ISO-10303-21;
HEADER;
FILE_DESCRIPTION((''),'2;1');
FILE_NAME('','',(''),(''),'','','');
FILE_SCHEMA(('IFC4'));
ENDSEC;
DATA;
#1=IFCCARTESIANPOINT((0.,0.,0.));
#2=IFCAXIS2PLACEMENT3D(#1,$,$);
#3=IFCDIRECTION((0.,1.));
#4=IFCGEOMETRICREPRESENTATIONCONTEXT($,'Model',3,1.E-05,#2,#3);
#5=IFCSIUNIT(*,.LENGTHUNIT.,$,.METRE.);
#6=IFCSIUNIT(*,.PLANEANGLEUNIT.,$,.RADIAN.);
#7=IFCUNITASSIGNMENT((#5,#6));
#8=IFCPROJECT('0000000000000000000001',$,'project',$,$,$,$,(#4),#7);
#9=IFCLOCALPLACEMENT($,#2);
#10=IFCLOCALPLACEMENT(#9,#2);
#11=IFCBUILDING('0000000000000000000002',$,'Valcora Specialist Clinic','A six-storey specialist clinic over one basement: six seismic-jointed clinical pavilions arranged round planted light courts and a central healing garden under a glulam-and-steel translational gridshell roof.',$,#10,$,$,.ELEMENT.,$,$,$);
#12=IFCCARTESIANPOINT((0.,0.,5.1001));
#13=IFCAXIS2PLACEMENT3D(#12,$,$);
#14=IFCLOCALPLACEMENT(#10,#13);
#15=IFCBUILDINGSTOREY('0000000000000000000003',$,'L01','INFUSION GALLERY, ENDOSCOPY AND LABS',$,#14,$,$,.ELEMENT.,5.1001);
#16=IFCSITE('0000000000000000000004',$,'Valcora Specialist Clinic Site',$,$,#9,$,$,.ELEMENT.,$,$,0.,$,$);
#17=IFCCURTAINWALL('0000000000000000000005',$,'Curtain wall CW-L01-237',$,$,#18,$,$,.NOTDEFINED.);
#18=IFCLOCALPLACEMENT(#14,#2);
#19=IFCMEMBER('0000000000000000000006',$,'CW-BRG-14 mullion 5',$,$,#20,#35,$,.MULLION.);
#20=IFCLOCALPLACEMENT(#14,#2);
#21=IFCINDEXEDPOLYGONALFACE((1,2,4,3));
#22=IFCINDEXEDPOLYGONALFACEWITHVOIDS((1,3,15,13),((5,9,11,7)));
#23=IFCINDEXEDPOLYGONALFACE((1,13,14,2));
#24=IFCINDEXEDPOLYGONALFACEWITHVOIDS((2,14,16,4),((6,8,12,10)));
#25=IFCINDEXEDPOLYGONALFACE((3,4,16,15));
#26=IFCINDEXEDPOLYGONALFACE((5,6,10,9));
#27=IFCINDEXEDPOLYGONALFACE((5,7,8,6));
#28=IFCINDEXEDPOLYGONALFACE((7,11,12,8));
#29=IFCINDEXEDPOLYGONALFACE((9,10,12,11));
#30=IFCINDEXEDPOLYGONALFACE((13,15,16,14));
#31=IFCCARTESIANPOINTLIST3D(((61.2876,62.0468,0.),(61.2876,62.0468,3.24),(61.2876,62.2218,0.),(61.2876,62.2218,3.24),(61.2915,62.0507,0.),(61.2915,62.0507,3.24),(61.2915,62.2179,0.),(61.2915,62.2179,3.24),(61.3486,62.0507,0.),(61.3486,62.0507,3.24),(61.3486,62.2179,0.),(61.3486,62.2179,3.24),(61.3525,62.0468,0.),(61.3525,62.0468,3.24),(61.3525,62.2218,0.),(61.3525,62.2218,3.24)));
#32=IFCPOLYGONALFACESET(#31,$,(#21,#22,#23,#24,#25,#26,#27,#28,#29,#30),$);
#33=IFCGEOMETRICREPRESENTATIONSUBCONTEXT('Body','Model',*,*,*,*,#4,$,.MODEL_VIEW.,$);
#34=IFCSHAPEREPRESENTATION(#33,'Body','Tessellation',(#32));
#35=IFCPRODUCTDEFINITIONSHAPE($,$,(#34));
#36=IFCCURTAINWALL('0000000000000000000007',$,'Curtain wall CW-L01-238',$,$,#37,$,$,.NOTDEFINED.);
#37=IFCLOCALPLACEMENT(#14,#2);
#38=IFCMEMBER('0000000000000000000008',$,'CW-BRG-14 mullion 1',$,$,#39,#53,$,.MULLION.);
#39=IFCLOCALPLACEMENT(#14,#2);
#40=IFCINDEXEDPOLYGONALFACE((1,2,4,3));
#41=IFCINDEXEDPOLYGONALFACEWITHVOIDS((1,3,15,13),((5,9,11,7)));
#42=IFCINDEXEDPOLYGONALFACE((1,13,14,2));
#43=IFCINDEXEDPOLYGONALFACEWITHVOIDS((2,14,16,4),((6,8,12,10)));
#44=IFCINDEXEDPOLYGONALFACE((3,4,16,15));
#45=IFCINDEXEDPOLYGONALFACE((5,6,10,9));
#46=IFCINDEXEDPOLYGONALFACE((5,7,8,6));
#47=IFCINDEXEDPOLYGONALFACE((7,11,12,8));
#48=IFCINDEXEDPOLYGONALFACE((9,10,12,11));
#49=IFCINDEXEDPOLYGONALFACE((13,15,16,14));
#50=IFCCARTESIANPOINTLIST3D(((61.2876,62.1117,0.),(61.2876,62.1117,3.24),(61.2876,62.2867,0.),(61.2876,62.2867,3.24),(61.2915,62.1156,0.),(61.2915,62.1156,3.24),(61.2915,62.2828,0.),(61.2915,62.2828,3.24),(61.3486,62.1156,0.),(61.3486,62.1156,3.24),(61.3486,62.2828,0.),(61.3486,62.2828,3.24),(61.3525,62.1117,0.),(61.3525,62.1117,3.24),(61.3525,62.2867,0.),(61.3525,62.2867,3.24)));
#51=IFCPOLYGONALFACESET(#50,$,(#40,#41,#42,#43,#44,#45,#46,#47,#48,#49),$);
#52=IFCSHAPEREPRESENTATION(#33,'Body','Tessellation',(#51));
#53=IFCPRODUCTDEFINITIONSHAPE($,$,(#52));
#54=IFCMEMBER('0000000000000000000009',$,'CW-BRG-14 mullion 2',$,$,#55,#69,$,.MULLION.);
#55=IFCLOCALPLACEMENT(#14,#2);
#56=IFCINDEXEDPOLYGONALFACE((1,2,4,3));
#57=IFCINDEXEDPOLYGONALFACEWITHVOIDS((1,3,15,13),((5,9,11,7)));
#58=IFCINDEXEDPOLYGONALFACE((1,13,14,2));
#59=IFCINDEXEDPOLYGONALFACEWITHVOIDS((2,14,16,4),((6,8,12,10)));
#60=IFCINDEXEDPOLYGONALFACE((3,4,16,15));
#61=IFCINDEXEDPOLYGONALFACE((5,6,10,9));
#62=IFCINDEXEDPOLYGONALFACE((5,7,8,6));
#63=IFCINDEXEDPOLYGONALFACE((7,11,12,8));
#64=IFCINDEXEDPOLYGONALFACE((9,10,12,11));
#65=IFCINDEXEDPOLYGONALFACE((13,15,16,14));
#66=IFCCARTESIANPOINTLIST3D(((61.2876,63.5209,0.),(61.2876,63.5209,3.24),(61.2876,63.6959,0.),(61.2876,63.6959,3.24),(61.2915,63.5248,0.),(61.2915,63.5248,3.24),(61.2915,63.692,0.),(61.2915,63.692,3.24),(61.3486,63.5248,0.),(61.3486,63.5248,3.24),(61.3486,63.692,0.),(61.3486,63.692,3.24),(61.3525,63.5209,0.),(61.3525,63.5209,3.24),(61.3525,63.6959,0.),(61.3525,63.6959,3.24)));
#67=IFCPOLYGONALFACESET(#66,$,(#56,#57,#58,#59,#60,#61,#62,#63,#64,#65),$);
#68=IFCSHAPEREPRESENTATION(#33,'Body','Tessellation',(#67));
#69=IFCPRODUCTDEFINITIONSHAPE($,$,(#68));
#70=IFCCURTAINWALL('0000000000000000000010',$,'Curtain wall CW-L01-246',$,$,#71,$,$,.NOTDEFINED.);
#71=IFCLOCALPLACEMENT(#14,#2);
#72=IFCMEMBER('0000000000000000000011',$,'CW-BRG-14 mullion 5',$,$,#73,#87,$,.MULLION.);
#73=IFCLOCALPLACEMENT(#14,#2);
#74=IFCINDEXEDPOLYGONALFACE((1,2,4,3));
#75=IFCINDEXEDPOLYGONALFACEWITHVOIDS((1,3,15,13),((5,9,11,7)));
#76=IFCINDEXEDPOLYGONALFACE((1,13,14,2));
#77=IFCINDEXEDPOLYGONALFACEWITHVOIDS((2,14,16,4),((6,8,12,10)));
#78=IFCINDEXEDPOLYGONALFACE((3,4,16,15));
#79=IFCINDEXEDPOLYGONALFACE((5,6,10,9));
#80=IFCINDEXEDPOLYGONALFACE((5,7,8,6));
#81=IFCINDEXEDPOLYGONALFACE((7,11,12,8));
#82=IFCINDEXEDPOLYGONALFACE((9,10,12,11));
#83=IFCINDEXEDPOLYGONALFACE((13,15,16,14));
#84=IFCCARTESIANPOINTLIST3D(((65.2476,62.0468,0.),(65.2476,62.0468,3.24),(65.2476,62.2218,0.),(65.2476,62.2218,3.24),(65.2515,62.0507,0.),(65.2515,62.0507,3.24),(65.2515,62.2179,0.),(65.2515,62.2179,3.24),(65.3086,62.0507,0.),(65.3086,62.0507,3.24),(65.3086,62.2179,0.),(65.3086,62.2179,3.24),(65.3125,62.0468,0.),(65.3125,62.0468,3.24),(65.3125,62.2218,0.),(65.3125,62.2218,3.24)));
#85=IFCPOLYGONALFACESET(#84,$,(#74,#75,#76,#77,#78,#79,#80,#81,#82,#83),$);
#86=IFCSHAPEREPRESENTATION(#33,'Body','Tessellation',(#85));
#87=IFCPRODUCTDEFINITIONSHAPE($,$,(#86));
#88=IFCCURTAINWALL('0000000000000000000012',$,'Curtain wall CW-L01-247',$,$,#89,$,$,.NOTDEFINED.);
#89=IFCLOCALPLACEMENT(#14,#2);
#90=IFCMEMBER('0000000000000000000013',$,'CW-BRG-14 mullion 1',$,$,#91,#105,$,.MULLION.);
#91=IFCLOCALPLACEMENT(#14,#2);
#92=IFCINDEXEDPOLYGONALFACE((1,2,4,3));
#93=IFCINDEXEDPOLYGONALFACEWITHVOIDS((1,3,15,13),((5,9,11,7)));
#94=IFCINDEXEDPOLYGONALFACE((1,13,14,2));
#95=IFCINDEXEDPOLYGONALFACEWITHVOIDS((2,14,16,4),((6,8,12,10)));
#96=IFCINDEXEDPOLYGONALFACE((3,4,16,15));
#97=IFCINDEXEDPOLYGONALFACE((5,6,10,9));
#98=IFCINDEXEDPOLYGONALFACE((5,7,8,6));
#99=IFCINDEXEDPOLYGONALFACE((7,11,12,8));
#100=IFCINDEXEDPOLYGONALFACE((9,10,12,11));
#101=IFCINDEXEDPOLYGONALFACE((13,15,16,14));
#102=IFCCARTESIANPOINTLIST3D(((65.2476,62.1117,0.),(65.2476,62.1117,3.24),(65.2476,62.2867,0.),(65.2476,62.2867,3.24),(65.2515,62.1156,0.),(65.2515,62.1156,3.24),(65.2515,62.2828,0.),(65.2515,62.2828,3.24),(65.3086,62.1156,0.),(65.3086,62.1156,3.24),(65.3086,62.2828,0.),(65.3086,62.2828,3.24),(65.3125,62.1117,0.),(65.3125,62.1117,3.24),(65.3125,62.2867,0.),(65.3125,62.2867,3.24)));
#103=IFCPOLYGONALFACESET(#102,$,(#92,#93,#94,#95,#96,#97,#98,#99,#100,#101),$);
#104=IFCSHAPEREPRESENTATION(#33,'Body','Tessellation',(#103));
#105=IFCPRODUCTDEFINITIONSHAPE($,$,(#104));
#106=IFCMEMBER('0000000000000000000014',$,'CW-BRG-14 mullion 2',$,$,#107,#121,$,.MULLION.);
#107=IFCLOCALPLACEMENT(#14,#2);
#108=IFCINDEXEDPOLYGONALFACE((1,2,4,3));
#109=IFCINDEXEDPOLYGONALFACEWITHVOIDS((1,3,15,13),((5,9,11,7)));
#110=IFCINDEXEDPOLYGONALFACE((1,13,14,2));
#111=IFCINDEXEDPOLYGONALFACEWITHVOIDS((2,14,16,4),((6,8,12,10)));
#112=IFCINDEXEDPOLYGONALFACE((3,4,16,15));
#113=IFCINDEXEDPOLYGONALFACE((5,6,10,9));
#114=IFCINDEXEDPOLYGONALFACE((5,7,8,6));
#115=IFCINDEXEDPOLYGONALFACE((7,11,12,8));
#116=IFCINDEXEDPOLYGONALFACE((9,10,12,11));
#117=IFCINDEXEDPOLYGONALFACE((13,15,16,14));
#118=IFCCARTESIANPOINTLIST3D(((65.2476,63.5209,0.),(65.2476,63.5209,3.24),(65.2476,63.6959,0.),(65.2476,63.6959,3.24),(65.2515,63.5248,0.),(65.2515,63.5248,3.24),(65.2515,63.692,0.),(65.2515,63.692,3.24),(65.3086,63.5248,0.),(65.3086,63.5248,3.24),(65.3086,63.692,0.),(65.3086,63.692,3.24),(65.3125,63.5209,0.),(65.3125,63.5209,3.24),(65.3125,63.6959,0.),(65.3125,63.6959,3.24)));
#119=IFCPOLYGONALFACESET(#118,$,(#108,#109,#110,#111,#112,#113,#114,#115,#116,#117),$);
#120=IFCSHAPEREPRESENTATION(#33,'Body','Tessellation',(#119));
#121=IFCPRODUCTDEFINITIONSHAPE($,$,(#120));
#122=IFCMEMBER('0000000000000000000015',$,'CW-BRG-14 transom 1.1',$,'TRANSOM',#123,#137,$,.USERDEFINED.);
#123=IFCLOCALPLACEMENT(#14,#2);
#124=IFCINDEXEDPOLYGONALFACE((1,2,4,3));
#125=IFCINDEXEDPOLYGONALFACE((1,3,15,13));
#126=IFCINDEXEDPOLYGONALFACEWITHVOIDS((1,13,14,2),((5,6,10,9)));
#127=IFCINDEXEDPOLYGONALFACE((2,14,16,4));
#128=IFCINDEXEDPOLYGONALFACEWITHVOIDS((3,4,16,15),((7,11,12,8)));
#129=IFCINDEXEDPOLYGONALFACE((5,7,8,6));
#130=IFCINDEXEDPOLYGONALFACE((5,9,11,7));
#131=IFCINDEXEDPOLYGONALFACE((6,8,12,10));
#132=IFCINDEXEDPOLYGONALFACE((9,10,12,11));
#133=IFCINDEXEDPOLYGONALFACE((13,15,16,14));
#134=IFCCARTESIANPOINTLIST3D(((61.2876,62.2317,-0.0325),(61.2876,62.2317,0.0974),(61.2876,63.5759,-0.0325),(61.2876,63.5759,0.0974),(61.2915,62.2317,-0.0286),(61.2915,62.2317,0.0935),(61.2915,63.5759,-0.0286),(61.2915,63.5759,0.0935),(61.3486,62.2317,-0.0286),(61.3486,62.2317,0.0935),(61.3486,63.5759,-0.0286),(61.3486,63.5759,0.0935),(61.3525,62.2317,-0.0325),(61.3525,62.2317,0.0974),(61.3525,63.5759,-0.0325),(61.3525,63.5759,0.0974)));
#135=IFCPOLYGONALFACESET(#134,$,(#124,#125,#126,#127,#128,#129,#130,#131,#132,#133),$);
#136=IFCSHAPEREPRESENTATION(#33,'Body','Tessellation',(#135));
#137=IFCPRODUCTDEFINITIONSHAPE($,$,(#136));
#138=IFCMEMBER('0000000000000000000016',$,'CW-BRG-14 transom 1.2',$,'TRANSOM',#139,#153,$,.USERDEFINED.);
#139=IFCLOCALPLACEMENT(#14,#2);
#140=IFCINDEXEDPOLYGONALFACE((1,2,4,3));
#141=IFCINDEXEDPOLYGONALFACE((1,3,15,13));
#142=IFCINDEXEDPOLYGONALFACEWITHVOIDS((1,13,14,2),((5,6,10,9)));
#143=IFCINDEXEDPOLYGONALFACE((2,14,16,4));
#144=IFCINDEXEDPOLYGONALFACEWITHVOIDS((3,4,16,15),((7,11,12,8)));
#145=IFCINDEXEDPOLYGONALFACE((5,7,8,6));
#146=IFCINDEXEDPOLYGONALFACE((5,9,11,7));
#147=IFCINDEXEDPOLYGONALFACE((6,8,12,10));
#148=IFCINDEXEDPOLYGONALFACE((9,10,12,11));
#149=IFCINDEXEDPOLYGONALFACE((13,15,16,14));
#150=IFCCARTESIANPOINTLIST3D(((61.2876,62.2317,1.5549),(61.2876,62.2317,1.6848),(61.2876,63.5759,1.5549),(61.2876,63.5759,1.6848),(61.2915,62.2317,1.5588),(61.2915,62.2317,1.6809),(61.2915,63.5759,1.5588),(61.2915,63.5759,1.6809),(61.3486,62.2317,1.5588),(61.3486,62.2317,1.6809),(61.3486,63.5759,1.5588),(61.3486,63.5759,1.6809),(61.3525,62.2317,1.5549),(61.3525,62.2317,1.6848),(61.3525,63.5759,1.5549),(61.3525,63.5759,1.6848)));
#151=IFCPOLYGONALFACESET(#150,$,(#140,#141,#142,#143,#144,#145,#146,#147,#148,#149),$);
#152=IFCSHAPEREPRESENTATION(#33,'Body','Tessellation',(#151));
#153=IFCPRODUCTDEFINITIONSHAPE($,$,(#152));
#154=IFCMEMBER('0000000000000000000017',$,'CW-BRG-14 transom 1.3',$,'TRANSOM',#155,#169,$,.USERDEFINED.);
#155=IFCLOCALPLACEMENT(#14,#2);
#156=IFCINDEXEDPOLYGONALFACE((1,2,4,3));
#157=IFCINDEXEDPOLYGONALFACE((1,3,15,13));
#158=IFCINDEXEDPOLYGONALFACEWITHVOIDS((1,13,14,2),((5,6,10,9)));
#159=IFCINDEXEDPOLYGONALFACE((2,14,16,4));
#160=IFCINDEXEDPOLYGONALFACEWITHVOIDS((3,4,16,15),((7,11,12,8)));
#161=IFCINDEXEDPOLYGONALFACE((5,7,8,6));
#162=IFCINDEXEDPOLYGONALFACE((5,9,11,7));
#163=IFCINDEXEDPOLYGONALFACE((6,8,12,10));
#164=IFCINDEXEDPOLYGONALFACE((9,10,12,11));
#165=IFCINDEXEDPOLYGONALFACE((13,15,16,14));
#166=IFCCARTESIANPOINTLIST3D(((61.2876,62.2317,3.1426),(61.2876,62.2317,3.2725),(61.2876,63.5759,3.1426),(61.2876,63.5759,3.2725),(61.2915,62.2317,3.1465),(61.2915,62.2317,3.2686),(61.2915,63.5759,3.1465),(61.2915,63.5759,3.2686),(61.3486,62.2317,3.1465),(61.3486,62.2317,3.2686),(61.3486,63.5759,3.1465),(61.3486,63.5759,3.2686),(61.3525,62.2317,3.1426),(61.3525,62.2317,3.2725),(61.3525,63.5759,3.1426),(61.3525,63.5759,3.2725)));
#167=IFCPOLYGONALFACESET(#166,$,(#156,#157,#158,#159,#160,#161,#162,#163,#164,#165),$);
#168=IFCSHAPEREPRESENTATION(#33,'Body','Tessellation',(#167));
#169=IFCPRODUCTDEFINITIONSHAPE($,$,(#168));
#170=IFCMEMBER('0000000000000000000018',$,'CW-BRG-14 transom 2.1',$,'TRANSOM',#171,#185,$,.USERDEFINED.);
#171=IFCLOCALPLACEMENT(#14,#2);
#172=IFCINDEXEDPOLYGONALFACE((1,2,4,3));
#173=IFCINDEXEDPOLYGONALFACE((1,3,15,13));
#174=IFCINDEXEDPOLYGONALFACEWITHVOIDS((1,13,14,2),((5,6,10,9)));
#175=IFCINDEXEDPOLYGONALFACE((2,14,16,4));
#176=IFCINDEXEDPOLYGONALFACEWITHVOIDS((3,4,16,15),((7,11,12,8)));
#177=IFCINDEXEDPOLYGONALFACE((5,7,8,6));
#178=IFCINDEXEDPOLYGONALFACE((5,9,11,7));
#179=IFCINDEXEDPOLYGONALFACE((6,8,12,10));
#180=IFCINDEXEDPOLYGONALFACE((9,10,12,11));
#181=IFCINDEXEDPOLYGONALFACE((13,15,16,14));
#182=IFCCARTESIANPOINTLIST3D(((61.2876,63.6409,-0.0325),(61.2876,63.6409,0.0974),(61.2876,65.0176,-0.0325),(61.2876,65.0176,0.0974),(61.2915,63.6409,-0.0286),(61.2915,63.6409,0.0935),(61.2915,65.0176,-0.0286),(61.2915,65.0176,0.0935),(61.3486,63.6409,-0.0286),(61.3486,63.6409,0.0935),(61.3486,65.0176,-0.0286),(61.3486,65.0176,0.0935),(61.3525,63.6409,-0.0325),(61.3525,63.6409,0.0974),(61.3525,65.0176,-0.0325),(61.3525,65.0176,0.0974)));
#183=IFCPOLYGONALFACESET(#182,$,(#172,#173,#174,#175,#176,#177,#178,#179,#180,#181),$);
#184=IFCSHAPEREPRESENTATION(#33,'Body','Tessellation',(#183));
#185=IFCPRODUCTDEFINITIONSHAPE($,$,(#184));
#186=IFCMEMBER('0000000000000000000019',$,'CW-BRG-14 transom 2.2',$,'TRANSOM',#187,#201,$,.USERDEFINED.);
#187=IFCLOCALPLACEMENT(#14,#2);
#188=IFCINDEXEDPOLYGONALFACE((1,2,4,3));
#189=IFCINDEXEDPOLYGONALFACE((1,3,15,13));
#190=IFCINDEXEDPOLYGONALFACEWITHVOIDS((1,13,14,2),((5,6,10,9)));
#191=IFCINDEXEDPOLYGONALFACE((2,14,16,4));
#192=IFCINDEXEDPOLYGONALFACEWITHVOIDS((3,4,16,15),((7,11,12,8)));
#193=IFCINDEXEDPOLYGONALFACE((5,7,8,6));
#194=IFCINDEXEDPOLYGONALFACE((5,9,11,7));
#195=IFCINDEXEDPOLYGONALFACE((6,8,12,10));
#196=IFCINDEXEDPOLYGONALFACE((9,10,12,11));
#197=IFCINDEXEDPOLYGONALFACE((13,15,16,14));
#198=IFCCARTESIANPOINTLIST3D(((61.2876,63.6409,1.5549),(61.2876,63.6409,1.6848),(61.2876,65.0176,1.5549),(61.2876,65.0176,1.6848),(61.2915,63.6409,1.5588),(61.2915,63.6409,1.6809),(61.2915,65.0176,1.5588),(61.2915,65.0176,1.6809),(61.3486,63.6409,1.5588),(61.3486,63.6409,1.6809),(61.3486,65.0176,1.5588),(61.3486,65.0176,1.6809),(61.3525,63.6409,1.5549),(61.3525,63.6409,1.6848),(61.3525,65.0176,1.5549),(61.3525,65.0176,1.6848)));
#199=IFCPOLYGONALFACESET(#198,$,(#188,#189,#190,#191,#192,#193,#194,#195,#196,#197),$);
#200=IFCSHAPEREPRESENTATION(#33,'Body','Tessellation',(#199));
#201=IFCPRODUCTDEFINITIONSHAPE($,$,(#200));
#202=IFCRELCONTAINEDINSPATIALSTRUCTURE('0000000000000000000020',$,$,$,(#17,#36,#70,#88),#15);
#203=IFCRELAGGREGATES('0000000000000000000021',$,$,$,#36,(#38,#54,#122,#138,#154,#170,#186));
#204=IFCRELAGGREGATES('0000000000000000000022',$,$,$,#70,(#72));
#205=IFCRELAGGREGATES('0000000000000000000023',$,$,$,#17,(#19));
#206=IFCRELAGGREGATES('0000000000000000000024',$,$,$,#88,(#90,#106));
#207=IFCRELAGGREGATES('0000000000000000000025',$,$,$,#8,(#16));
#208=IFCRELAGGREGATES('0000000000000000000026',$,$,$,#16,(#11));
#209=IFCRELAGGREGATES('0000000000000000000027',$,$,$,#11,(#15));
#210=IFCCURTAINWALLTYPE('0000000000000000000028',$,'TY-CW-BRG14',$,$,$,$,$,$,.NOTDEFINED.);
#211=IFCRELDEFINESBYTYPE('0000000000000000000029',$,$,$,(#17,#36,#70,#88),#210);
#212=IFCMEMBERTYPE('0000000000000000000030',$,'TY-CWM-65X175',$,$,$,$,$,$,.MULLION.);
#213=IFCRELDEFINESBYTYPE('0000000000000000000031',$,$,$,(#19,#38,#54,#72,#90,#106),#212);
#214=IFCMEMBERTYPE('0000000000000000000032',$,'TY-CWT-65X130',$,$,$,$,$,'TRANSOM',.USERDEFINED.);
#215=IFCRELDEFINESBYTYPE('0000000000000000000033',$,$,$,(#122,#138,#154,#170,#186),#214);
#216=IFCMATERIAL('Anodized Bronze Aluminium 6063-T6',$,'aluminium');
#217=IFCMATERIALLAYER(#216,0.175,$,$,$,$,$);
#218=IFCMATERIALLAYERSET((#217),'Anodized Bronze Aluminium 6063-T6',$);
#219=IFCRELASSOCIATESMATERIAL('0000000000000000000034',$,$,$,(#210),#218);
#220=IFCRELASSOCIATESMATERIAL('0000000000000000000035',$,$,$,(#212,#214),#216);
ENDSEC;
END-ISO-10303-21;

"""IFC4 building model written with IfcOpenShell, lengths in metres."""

from ifc_helpers import new_model, si_unit, direction, frame, origin, origin_2d, place, context, subcontext, project, spatial, hollow_rectangle, extrude, material, layer, layer_set, material_profile, profile_set, type_object, element, aggregate, save


model = new_model("IFC4")

# Units and contexts
model_context = context("Model", 3, precision=1e-05, world=origin(), true_north=direction((0.0, 1.0)))
body_context = subcontext(model_context, "Body", "Model", "MODEL_VIEW")
ifc_project = project(units=[si_unit("LENGTHUNIT", "METRE"), si_unit("PLANEANGLEUNIT", "RADIAN")], contexts=[model_context])

# Site, building, storey
site_placement = place(None, origin())
site = spatial("IfcSite", under=ifc_project, at=site_placement, Name="Valcora Specialist Clinic Site", CompositionType="ELEMENT", RefElevation=0.0)
building_placement = place(site_placement, origin())
building = spatial("IfcBuilding", under=site, at=building_placement, Name="Valcora Specialist Clinic", Description="A six-storey specialist clinic over one basement: six seismic-jointed clinical pavilions arranged round planted light courts and a central healing garden under a glulam-and-steel translational gridshell roof.", CompositionType="ELEMENT")
storey_placement = place(building_placement, frame((0.0, 0.0, 5.1001)))
storey = spatial("IfcBuildingStorey", under=building, at=storey_placement, Name="L01", Description="INFUSION GALLERY, ENDOSCOPY AND LABS", CompositionType="ELEMENT", Elevation=5.1001)

# Curtain wall, member
ifc_material_1 = material(Name="Anodized Bronze Aluminium 6063-T6", Category="aluminium")
ifc_layer_1 = layer(ifc_material_1, 0.175)
ifc_layer_set_1 = layer_set([ifc_layer_1], Name="Anodized Bronze Aluminium 6063-T6")
curtain_wall_type = type_object("IfcCurtainWallType", Name="TY-CW-BRG14", PredefinedType="NOTDEFINED", material=ifc_layer_set_1)
curtain_wall_1_placement = place(storey_placement, origin())
curtain_wall_1 = element("IfcCurtainWall", 1, at=curtain_wall_1_placement, inside=storey, type_object=curtain_wall_type, Name="Curtain wall CW-L01-237", PredefinedType="NOTDEFINED")
ifc_material_profile_1 = material_profile(ifc_material_1, hollow_rectangle(XDim=0.0649, YDim=0.175, WallThickness=0.0039, at=origin_2d()), Name="AL-MUL-65X175")
ifc_profile_set_1 = profile_set([ifc_material_profile_1], Name="Anodized Bronze Aluminium 6063-T6")
member_type_1 = type_object("IfcMemberType", Name="TY-CWM-65X175", PredefinedType="MULLION", material=ifc_profile_set_1)
member_1_placement = place(storey_placement, frame((61.3201, 62.1343, 0.0), z_axis=(0.0, 0.0, 1.0), x_axis=(-1.0, 0.0, 0.0)))
member_1 = element("IfcMember", 2, at=member_1_placement, type_object=member_type_1, Name="CW-BRG-14 mullion 5", PredefinedType="MULLION", context=body_context, shape_type="SweptSolid", body=[
    extrude(hollow_rectangle(XDim=0.0649, YDim=0.175, WallThickness=0.0039, at=origin_2d()), origin(), (0.0, 0.0, 1.0), 3.24),
])

# Curtain wall, members
curtain_wall_2_placement = place(storey_placement, origin())
curtain_wall_2 = element("IfcCurtainWall", 3, at=curtain_wall_2_placement, inside=storey, type_object=curtain_wall_type, Name="Curtain wall CW-L01-238", PredefinedType="NOTDEFINED")
member_2_placement = place(storey_placement, frame((61.3201, 62.1992, 0.0), z_axis=(0.0, 0.0, 1.0), x_axis=(-1.0, 0.0, 0.0)))
member_2 = element("IfcMember", 4, at=member_2_placement, type_object=member_type_1, Name="CW-BRG-14 mullion 1", PredefinedType="MULLION", context=body_context, shape_type="SweptSolid", body=[
    extrude(hollow_rectangle(XDim=0.0649, YDim=0.175, WallThickness=0.0039, at=origin_2d()), origin(), (0.0, 0.0, 1.0), 3.24),
])
member_3_placement = place(storey_placement, frame((61.3201, 63.6084, 0.0), z_axis=(0.0, 0.0, 1.0), x_axis=(-1.0, 0.0, 0.0)))
member_3 = element("IfcMember", 5, at=member_3_placement, type_object=member_type_1, Name="CW-BRG-14 mullion 2", PredefinedType="MULLION", context=body_context, shape_type="SweptSolid", body=[
    extrude(hollow_rectangle(XDim=0.0649, YDim=0.175, WallThickness=0.0039, at=origin_2d()), origin(), (0.0, 0.0, 1.0), 3.24),
])

# Curtain wall, member
curtain_wall_3_placement = place(storey_placement, origin())
curtain_wall_3 = element("IfcCurtainWall", 6, at=curtain_wall_3_placement, inside=storey, type_object=curtain_wall_type, Name="Curtain wall CW-L01-246", PredefinedType="NOTDEFINED")
member_4_placement = place(storey_placement, frame((65.28, 62.1343, 0.0), z_axis=(0.0, 0.0, 1.0), x_axis=(-1.0, 0.0, 0.0)))
member_4 = element("IfcMember", 7, at=member_4_placement, type_object=member_type_1, Name="CW-BRG-14 mullion 5", PredefinedType="MULLION", context=body_context, shape_type="SweptSolid", body=[
    extrude(hollow_rectangle(XDim=0.0649, YDim=0.175, WallThickness=0.0039, at=origin_2d()), origin(), (0.0, 0.0, 1.0), 3.24),
])

# Curtain wall, members
curtain_wall_4_placement = place(storey_placement, origin())
curtain_wall_4 = element("IfcCurtainWall", 8, at=curtain_wall_4_placement, inside=storey, type_object=curtain_wall_type, Name="Curtain wall CW-L01-247", PredefinedType="NOTDEFINED")
member_5_placement = place(storey_placement, frame((65.28, 62.1992, 0.0), z_axis=(0.0, 0.0, 1.0), x_axis=(-1.0, 0.0, 0.0)))
member_5 = element("IfcMember", 9, at=member_5_placement, type_object=member_type_1, Name="CW-BRG-14 mullion 1", PredefinedType="MULLION", context=body_context, shape_type="SweptSolid", body=[
    extrude(hollow_rectangle(XDim=0.0649, YDim=0.175, WallThickness=0.0039, at=origin_2d()), origin(), (0.0, 0.0, 1.0), 3.24),
])
member_6_placement = place(storey_placement, frame((65.28, 63.6084, 0.0), z_axis=(0.0, 0.0, 1.0), x_axis=(-1.0, 0.0, 0.0)))
member_6 = element("IfcMember", 10, at=member_6_placement, type_object=member_type_1, Name="CW-BRG-14 mullion 2", PredefinedType="MULLION", context=body_context, shape_type="SweptSolid", body=[
    extrude(hollow_rectangle(XDim=0.0649, YDim=0.175, WallThickness=0.0039, at=origin_2d()), origin(), (0.0, 0.0, 1.0), 3.24),
])

# Members
ifc_material_profile_2 = material_profile(ifc_material_1, hollow_rectangle(XDim=0.0649, YDim=0.1299, WallThickness=0.0039, at=origin_2d()), Name="AL-TRN-65X130")
ifc_profile_set_2 = profile_set([ifc_material_profile_2], Name="Anodized Bronze Aluminium 6063-T6")
member_type_2 = type_object("IfcMemberType", Name="TY-CWT-65X130", ElementType="TRANSOM", PredefinedType="USERDEFINED", material=ifc_profile_set_2)
member_7_placement = place(storey_placement, frame((61.3201, 62.2317, 0.0325), z_axis=(0.0, 1.0, 0.0), x_axis=(-1.0, 0.0, 0.0)))
member_7 = element("IfcMember", 11, at=member_7_placement, type_object=member_type_2, Name="CW-BRG-14 transom 1.1", ObjectType="TRANSOM", PredefinedType="USERDEFINED", context=body_context, shape_type="SweptSolid", body=[
    extrude(hollow_rectangle(XDim=0.0649, YDim=0.1299, WallThickness=0.0039, at=origin_2d()), origin(), (0.0, 0.0, 1.0), 1.3442),
])
member_8_placement = place(storey_placement, frame((61.3201, 62.2317, 1.6199), z_axis=(0.0, 1.0, 0.0), x_axis=(-1.0, 0.0, 0.0)))
member_8 = element("IfcMember", 12, at=member_8_placement, type_object=member_type_2, Name="CW-BRG-14 transom 1.2", ObjectType="TRANSOM", PredefinedType="USERDEFINED", context=body_context, shape_type="SweptSolid", body=[
    extrude(hollow_rectangle(XDim=0.0649, YDim=0.1299, WallThickness=0.0039, at=origin_2d()), origin(), (0.0, 0.0, 1.0), 1.3442),
])
member_9_placement = place(storey_placement, frame((61.3201, 62.2317, 3.2075), z_axis=(0.0, 1.0, 0.0), x_axis=(-1.0, 0.0, 0.0)))
member_9 = element("IfcMember", 13, at=member_9_placement, type_object=member_type_2, Name="CW-BRG-14 transom 1.3", ObjectType="TRANSOM", PredefinedType="USERDEFINED", context=body_context, shape_type="SweptSolid", body=[
    extrude(hollow_rectangle(XDim=0.0649, YDim=0.1299, WallThickness=0.0039, at=origin_2d()), origin(), (0.0, 0.0, 1.0), 1.3442),
])
member_10_placement = place(storey_placement, frame((61.3201, 63.6409, 0.0325), z_axis=(0.0, 1.0, 0.0), x_axis=(-1.0, 0.0, 0.0)))
member_10 = element("IfcMember", 14, at=member_10_placement, type_object=member_type_2, Name="CW-BRG-14 transom 2.1", ObjectType="TRANSOM", PredefinedType="USERDEFINED", context=body_context, shape_type="SweptSolid", body=[
    extrude(hollow_rectangle(XDim=0.0649, YDim=0.1299, WallThickness=0.0039, at=origin_2d()), origin(), (0.0, 0.0, 1.0), 1.3767),
])
member_11_placement = place(storey_placement, frame((61.3201, 63.6409, 1.6199), z_axis=(0.0, 1.0, 0.0), x_axis=(-1.0, 0.0, 0.0)))
member_11 = element("IfcMember", 15, at=member_11_placement, type_object=member_type_2, Name="CW-BRG-14 transom 2.2", ObjectType="TRANSOM", PredefinedType="USERDEFINED", context=body_context, shape_type="SweptSolid", body=[
    extrude(hollow_rectangle(XDim=0.0649, YDim=0.1299, WallThickness=0.0039, at=origin_2d()), origin(), (0.0, 0.0, 1.0), 1.3767),
])

aggregate(curtain_wall_2, [member_2, member_3, member_7, member_8, member_9, member_10, member_11])
aggregate(curtain_wall_3, [member_4])
aggregate(curtain_wall_1, [member_1])
aggregate(curtain_wall_4, [member_5, member_6])

save(model, "model.ifc")
